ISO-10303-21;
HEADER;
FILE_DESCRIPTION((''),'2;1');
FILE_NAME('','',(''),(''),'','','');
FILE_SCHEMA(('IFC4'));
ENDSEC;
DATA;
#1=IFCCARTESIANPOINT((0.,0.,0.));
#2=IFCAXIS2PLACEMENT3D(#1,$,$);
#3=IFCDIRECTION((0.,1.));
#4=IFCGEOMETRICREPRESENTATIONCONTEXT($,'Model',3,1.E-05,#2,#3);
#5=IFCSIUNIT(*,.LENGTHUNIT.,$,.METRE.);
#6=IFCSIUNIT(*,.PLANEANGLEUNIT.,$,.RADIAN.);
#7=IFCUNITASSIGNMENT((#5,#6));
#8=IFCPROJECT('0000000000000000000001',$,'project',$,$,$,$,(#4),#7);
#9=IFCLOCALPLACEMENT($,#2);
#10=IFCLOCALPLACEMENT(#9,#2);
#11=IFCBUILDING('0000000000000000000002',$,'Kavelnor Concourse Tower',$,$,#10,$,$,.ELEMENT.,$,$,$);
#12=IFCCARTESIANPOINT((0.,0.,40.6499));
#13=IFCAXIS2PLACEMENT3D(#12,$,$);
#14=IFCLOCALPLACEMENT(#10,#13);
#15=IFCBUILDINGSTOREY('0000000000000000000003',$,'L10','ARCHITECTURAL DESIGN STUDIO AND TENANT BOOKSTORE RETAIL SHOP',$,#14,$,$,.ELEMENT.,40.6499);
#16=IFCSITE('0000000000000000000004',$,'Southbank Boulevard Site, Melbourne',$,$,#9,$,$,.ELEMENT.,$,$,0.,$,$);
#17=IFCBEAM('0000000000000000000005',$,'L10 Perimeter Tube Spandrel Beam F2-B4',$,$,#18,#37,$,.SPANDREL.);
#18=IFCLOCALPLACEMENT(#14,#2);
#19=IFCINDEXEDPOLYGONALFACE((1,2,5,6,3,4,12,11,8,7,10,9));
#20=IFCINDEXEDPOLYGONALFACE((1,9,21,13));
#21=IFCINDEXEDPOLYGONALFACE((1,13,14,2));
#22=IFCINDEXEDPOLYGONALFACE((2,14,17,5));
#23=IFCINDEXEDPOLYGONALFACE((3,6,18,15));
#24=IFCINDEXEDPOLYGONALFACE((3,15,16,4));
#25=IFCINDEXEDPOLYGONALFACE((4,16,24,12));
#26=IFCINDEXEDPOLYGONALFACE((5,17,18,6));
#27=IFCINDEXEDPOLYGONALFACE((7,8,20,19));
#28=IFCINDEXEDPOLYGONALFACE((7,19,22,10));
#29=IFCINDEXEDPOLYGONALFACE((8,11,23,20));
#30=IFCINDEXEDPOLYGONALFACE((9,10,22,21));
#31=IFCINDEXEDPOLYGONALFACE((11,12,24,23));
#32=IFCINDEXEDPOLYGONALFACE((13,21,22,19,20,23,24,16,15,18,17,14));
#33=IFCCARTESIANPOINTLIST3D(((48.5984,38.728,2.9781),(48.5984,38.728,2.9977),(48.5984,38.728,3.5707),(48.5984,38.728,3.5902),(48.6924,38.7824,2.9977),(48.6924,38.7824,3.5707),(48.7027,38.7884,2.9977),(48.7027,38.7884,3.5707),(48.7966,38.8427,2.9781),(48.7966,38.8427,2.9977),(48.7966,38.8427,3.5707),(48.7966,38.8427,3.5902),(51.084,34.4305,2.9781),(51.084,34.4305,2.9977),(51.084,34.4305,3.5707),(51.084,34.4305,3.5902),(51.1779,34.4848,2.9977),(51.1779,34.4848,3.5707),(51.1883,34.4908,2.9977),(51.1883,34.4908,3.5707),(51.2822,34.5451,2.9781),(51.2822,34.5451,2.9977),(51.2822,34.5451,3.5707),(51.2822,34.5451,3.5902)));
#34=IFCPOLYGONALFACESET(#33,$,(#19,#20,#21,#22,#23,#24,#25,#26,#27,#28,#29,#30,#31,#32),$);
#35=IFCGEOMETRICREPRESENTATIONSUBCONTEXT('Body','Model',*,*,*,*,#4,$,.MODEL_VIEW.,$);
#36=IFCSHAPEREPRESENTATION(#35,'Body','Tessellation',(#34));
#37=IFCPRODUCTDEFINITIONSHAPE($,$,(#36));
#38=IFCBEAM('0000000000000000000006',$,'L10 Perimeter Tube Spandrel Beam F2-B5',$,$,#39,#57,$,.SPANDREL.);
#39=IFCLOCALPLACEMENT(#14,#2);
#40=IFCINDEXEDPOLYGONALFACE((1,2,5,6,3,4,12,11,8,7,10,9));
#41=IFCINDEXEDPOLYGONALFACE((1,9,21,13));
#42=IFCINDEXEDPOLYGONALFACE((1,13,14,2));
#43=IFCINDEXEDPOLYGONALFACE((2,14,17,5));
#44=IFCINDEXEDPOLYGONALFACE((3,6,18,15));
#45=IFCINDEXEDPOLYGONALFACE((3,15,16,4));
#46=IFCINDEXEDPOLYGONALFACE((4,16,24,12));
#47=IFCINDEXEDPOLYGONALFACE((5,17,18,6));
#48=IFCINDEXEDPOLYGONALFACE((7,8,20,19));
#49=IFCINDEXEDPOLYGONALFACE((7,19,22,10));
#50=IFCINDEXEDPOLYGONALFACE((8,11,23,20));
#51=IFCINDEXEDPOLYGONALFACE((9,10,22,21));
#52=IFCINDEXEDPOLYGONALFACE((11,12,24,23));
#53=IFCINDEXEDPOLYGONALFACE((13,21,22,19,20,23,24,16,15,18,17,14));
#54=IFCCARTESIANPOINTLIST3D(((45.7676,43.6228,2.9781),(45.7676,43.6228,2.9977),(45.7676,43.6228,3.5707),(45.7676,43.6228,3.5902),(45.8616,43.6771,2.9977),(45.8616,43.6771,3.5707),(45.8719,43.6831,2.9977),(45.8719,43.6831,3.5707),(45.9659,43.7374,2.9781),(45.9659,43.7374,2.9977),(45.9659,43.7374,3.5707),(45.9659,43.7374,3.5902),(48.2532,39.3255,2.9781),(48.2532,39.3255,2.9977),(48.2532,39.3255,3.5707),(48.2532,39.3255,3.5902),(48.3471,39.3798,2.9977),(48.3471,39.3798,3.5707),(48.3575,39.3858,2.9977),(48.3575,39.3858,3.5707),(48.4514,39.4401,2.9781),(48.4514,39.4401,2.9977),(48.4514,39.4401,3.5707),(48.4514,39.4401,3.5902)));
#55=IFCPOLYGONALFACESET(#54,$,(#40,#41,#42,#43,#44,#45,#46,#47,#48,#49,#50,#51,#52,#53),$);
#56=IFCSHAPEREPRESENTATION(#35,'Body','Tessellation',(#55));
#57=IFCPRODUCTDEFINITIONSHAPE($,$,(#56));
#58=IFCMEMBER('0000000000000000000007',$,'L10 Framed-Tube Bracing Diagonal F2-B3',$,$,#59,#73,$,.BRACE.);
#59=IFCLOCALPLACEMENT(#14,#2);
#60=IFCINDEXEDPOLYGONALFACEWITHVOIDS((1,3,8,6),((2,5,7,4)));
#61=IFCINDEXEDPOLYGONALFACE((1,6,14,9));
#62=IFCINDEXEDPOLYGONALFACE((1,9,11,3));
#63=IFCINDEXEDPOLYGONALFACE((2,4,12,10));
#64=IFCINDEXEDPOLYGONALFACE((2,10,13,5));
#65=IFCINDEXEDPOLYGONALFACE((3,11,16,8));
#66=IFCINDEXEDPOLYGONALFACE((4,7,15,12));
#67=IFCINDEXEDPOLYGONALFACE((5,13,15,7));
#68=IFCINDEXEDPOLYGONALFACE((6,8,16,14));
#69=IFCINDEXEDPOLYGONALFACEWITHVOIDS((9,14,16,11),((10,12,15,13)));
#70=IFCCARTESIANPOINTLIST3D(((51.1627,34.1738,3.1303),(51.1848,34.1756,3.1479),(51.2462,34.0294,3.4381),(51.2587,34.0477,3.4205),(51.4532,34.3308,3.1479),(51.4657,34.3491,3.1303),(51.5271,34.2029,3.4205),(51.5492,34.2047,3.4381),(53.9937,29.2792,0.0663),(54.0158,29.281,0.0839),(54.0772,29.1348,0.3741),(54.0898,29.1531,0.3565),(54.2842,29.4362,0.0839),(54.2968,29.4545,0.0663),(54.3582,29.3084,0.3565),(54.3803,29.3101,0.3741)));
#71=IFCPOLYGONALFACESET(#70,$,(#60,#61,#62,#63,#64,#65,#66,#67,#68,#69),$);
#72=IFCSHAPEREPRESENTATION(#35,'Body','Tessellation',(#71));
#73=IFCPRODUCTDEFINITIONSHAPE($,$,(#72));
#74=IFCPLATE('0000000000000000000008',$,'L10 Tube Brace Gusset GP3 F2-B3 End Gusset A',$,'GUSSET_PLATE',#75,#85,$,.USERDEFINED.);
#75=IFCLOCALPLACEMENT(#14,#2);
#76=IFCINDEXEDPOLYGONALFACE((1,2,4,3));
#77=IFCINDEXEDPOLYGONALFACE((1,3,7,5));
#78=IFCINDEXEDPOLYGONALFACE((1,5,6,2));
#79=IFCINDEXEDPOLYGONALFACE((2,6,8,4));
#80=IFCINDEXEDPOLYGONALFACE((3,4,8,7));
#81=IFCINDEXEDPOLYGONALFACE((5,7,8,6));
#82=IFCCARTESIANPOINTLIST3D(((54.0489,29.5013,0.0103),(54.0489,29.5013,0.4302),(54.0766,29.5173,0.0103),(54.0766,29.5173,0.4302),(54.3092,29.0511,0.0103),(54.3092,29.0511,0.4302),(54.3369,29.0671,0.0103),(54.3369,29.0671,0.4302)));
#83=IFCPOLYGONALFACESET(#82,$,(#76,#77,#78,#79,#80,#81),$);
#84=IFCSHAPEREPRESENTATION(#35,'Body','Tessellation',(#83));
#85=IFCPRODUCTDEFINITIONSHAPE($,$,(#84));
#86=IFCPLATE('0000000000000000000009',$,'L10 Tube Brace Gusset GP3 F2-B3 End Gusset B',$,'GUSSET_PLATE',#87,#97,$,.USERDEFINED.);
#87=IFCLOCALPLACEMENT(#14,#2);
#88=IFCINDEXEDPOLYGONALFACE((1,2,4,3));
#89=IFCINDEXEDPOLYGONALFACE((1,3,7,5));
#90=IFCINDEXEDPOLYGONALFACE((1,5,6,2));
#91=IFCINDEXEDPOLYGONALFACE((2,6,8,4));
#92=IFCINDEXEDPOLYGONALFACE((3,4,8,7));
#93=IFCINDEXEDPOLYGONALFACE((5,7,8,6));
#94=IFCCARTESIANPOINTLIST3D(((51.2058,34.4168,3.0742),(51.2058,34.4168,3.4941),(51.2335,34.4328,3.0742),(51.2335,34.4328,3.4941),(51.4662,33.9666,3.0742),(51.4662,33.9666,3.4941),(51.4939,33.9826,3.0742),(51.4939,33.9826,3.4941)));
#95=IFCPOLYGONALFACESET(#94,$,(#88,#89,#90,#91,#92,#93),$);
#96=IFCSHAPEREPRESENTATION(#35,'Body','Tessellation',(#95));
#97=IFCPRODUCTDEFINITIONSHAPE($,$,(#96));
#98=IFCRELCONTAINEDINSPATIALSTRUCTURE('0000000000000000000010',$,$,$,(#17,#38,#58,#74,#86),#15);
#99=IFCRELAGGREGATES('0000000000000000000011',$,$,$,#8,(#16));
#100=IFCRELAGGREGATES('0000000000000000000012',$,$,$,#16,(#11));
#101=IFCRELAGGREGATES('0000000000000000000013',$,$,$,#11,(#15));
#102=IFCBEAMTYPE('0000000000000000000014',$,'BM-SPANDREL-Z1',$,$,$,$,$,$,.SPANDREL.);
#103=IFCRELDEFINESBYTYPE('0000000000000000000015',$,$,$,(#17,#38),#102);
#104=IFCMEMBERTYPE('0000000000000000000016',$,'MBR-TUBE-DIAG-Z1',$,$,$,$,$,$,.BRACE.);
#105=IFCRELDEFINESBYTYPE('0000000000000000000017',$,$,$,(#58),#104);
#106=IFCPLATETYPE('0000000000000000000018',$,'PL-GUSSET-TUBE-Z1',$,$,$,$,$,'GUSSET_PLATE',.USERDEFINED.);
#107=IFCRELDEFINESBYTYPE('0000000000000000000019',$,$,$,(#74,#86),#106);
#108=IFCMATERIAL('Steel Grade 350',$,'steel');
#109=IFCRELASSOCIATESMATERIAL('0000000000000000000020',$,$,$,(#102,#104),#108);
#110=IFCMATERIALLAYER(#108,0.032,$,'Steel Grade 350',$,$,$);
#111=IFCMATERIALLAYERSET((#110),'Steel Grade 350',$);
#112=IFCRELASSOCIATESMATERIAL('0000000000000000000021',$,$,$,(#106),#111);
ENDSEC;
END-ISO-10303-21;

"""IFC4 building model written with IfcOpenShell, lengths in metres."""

from ifc_helpers import new_model, si_unit, direction, frame, origin, origin_2d, place, context, subcontext, project, spatial, rectangle, hollow_rectangle, i_section, extrude, material, layer, layer_set, material_profile, profile_set, type_object, element, save


model = new_model("IFC4")

# Units and contexts
model_context = context("Model", 3, precision=1e-05, world=origin(), true_north=direction((0.0, 1.0)))
body_context = subcontext(model_context, "Body", "Model", "MODEL_VIEW")
ifc_project = project(units=[si_unit("LENGTHUNIT", "METRE"), si_unit("PLANEANGLEUNIT", "RADIAN")], contexts=[model_context])

# Site, building, storey
site_placement = place(None, origin())
site = spatial("IfcSite", under=ifc_project, at=site_placement, Name="Southbank Boulevard Site, Melbourne", CompositionType="ELEMENT", RefElevation=0.0)
building_placement = place(site_placement, origin())
building = spatial("IfcBuilding", under=site, at=building_placement, Name="Kavelnor Concourse Tower", CompositionType="ELEMENT")
storey_placement = place(building_placement, frame((0.0, 0.0, 40.6499)))
storey = spatial("IfcBuildingStorey", under=building, at=storey_placement, Name="L10", Description="ARCHITECTURAL DESIGN STUDIO AND TENANT BOOKSTORE RETAIL SHOP", CompositionType="ELEMENT", Elevation=40.6499)

# Shared definitions
ifc_material_1 = material(Name="Steel Grade 350", Category="steel")

# Beams
ifc_material_profile_1 = material_profile(ifc_material_1, i_section(OverallWidth=0.229, OverallDepth=0.6121, WebThickness=0.012, FlangeThickness=0.0195, at=origin_2d()), Name="610UB125")
ifc_profile_set_1 = profile_set([ifc_material_profile_1], Name="Steel Grade 350")
beam_type_1 = type_object("IfcBeamType", Name="BM-SPANDREL-Z1", PredefinedType="SPANDREL", material=ifc_profile_set_1)
beam_1_placement = place(storey_placement, frame((51.1831, 34.4878, 3.2842), z_axis=(-0.50066, 0.865644, 0.0), x_axis=(-0.865644, -0.50066, 0.0)))
element("IfcBeam", 1, at=beam_1_placement, inside=storey, type_object=beam_type_1, Name="L10 Perimeter Tube Spandrel Beam F2-B4", PredefinedType="SPANDREL", context=body_context, shape_type="SweptSolid", body=[
    extrude(i_section(OverallWidth=0.229, OverallDepth=0.6121, WebThickness=0.012, FlangeThickness=0.0195, at=origin_2d()), origin(), (0.0, 0.0, 1.0), 4.9646),
])
beam_2_placement = place(storey_placement, frame((48.3523, 39.3828, 3.2842), z_axis=(-0.500681, 0.865632, 0.0), x_axis=(-0.865632, -0.500681, 0.0)))
element("IfcBeam", 2, at=beam_2_placement, inside=storey, type_object=beam_type_1, Name="L10 Perimeter Tube Spandrel Beam F2-B5", PredefinedType="SPANDREL", context=body_context, shape_type="SweptSolid", body=[
    extrude(i_section(OverallWidth=0.229, OverallDepth=0.6121, WebThickness=0.012, FlangeThickness=0.0195, at=origin_2d()), origin(), (0.0, 0.0, 1.0), 4.9644),
])

# Member
ifc_material_profile_2 = material_profile(ifc_material_1, hollow_rectangle(XDim=0.3501, YDim=0.3501, WallThickness=0.02, at=origin_2d()), Name="SHS 350x350x20")
ifc_profile_set_2 = profile_set([ifc_material_profile_2], Name="Steel Grade 350")
member_type = type_object("IfcMemberType", Name="MBR-TUBE-DIAG-Z1", PredefinedType="BRACE", material=ifc_profile_set_2)
member_placement = place(storey_placement, frame((54.187, 29.2947, 0.2202), z_axis=(-0.440212, 0.761071, 0.476429), x_axis=(-0.865627, -0.500689, 0.0)))
element("IfcMember", 3, at=member_placement, inside=storey, type_object=member_type, Name="L10 Framed-Tube Bracing Diagonal F2-B3", PredefinedType="BRACE", context=body_context, shape_type="SweptSolid", body=[
    extrude(hollow_rectangle(XDim=0.3501, YDim=0.3501, WallThickness=0.02, at=origin_2d()), origin(), (0.0, 0.0, 1.0), 6.4312),
])

# Plates
ifc_layer_1 = layer(ifc_material_1, 0.032, Name="Steel Grade 350")
ifc_layer_set_1 = layer_set([ifc_layer_1], Name="Steel Grade 350")
plate_type = type_object("IfcPlateType", Name="PL-GUSSET-TUBE-Z1", ElementType="GUSSET_PLATE", PredefinedType="USERDEFINED", material=ifc_layer_set_1)
for number, where, z_axis, x_axis, name in (
    (4, (54.1929, 29.2842, 0.0103), (0.0, 0.0, 1.0), (-0.500604, 0.865676, 0.0), "L10 Tube Brace Gusset GP3 F2-B3 End Gusset A"),
    (5, (51.3499, 34.1997, 3.0742), (0.0, 0.0, 1.0), (-0.500604, 0.865676, 0.0), "L10 Tube Brace Gusset GP3 F2-B3 End Gusset B"),
):
    element("IfcPlate", number, at=place(storey_placement, frame(where, z_axis=z_axis, x_axis=x_axis)), inside=storey, type_object=plate_type, Name=name, ObjectType="GUSSET_PLATE", PredefinedType="USERDEFINED", context=body_context, shape_type="SweptSolid", body=[
        extrude(rectangle(XDim=0.52, YDim=0.032, at=origin_2d()), origin(), (0.0, 0.0, 1.0), 0.4199),
    ])

save(model, "model.ifc")
